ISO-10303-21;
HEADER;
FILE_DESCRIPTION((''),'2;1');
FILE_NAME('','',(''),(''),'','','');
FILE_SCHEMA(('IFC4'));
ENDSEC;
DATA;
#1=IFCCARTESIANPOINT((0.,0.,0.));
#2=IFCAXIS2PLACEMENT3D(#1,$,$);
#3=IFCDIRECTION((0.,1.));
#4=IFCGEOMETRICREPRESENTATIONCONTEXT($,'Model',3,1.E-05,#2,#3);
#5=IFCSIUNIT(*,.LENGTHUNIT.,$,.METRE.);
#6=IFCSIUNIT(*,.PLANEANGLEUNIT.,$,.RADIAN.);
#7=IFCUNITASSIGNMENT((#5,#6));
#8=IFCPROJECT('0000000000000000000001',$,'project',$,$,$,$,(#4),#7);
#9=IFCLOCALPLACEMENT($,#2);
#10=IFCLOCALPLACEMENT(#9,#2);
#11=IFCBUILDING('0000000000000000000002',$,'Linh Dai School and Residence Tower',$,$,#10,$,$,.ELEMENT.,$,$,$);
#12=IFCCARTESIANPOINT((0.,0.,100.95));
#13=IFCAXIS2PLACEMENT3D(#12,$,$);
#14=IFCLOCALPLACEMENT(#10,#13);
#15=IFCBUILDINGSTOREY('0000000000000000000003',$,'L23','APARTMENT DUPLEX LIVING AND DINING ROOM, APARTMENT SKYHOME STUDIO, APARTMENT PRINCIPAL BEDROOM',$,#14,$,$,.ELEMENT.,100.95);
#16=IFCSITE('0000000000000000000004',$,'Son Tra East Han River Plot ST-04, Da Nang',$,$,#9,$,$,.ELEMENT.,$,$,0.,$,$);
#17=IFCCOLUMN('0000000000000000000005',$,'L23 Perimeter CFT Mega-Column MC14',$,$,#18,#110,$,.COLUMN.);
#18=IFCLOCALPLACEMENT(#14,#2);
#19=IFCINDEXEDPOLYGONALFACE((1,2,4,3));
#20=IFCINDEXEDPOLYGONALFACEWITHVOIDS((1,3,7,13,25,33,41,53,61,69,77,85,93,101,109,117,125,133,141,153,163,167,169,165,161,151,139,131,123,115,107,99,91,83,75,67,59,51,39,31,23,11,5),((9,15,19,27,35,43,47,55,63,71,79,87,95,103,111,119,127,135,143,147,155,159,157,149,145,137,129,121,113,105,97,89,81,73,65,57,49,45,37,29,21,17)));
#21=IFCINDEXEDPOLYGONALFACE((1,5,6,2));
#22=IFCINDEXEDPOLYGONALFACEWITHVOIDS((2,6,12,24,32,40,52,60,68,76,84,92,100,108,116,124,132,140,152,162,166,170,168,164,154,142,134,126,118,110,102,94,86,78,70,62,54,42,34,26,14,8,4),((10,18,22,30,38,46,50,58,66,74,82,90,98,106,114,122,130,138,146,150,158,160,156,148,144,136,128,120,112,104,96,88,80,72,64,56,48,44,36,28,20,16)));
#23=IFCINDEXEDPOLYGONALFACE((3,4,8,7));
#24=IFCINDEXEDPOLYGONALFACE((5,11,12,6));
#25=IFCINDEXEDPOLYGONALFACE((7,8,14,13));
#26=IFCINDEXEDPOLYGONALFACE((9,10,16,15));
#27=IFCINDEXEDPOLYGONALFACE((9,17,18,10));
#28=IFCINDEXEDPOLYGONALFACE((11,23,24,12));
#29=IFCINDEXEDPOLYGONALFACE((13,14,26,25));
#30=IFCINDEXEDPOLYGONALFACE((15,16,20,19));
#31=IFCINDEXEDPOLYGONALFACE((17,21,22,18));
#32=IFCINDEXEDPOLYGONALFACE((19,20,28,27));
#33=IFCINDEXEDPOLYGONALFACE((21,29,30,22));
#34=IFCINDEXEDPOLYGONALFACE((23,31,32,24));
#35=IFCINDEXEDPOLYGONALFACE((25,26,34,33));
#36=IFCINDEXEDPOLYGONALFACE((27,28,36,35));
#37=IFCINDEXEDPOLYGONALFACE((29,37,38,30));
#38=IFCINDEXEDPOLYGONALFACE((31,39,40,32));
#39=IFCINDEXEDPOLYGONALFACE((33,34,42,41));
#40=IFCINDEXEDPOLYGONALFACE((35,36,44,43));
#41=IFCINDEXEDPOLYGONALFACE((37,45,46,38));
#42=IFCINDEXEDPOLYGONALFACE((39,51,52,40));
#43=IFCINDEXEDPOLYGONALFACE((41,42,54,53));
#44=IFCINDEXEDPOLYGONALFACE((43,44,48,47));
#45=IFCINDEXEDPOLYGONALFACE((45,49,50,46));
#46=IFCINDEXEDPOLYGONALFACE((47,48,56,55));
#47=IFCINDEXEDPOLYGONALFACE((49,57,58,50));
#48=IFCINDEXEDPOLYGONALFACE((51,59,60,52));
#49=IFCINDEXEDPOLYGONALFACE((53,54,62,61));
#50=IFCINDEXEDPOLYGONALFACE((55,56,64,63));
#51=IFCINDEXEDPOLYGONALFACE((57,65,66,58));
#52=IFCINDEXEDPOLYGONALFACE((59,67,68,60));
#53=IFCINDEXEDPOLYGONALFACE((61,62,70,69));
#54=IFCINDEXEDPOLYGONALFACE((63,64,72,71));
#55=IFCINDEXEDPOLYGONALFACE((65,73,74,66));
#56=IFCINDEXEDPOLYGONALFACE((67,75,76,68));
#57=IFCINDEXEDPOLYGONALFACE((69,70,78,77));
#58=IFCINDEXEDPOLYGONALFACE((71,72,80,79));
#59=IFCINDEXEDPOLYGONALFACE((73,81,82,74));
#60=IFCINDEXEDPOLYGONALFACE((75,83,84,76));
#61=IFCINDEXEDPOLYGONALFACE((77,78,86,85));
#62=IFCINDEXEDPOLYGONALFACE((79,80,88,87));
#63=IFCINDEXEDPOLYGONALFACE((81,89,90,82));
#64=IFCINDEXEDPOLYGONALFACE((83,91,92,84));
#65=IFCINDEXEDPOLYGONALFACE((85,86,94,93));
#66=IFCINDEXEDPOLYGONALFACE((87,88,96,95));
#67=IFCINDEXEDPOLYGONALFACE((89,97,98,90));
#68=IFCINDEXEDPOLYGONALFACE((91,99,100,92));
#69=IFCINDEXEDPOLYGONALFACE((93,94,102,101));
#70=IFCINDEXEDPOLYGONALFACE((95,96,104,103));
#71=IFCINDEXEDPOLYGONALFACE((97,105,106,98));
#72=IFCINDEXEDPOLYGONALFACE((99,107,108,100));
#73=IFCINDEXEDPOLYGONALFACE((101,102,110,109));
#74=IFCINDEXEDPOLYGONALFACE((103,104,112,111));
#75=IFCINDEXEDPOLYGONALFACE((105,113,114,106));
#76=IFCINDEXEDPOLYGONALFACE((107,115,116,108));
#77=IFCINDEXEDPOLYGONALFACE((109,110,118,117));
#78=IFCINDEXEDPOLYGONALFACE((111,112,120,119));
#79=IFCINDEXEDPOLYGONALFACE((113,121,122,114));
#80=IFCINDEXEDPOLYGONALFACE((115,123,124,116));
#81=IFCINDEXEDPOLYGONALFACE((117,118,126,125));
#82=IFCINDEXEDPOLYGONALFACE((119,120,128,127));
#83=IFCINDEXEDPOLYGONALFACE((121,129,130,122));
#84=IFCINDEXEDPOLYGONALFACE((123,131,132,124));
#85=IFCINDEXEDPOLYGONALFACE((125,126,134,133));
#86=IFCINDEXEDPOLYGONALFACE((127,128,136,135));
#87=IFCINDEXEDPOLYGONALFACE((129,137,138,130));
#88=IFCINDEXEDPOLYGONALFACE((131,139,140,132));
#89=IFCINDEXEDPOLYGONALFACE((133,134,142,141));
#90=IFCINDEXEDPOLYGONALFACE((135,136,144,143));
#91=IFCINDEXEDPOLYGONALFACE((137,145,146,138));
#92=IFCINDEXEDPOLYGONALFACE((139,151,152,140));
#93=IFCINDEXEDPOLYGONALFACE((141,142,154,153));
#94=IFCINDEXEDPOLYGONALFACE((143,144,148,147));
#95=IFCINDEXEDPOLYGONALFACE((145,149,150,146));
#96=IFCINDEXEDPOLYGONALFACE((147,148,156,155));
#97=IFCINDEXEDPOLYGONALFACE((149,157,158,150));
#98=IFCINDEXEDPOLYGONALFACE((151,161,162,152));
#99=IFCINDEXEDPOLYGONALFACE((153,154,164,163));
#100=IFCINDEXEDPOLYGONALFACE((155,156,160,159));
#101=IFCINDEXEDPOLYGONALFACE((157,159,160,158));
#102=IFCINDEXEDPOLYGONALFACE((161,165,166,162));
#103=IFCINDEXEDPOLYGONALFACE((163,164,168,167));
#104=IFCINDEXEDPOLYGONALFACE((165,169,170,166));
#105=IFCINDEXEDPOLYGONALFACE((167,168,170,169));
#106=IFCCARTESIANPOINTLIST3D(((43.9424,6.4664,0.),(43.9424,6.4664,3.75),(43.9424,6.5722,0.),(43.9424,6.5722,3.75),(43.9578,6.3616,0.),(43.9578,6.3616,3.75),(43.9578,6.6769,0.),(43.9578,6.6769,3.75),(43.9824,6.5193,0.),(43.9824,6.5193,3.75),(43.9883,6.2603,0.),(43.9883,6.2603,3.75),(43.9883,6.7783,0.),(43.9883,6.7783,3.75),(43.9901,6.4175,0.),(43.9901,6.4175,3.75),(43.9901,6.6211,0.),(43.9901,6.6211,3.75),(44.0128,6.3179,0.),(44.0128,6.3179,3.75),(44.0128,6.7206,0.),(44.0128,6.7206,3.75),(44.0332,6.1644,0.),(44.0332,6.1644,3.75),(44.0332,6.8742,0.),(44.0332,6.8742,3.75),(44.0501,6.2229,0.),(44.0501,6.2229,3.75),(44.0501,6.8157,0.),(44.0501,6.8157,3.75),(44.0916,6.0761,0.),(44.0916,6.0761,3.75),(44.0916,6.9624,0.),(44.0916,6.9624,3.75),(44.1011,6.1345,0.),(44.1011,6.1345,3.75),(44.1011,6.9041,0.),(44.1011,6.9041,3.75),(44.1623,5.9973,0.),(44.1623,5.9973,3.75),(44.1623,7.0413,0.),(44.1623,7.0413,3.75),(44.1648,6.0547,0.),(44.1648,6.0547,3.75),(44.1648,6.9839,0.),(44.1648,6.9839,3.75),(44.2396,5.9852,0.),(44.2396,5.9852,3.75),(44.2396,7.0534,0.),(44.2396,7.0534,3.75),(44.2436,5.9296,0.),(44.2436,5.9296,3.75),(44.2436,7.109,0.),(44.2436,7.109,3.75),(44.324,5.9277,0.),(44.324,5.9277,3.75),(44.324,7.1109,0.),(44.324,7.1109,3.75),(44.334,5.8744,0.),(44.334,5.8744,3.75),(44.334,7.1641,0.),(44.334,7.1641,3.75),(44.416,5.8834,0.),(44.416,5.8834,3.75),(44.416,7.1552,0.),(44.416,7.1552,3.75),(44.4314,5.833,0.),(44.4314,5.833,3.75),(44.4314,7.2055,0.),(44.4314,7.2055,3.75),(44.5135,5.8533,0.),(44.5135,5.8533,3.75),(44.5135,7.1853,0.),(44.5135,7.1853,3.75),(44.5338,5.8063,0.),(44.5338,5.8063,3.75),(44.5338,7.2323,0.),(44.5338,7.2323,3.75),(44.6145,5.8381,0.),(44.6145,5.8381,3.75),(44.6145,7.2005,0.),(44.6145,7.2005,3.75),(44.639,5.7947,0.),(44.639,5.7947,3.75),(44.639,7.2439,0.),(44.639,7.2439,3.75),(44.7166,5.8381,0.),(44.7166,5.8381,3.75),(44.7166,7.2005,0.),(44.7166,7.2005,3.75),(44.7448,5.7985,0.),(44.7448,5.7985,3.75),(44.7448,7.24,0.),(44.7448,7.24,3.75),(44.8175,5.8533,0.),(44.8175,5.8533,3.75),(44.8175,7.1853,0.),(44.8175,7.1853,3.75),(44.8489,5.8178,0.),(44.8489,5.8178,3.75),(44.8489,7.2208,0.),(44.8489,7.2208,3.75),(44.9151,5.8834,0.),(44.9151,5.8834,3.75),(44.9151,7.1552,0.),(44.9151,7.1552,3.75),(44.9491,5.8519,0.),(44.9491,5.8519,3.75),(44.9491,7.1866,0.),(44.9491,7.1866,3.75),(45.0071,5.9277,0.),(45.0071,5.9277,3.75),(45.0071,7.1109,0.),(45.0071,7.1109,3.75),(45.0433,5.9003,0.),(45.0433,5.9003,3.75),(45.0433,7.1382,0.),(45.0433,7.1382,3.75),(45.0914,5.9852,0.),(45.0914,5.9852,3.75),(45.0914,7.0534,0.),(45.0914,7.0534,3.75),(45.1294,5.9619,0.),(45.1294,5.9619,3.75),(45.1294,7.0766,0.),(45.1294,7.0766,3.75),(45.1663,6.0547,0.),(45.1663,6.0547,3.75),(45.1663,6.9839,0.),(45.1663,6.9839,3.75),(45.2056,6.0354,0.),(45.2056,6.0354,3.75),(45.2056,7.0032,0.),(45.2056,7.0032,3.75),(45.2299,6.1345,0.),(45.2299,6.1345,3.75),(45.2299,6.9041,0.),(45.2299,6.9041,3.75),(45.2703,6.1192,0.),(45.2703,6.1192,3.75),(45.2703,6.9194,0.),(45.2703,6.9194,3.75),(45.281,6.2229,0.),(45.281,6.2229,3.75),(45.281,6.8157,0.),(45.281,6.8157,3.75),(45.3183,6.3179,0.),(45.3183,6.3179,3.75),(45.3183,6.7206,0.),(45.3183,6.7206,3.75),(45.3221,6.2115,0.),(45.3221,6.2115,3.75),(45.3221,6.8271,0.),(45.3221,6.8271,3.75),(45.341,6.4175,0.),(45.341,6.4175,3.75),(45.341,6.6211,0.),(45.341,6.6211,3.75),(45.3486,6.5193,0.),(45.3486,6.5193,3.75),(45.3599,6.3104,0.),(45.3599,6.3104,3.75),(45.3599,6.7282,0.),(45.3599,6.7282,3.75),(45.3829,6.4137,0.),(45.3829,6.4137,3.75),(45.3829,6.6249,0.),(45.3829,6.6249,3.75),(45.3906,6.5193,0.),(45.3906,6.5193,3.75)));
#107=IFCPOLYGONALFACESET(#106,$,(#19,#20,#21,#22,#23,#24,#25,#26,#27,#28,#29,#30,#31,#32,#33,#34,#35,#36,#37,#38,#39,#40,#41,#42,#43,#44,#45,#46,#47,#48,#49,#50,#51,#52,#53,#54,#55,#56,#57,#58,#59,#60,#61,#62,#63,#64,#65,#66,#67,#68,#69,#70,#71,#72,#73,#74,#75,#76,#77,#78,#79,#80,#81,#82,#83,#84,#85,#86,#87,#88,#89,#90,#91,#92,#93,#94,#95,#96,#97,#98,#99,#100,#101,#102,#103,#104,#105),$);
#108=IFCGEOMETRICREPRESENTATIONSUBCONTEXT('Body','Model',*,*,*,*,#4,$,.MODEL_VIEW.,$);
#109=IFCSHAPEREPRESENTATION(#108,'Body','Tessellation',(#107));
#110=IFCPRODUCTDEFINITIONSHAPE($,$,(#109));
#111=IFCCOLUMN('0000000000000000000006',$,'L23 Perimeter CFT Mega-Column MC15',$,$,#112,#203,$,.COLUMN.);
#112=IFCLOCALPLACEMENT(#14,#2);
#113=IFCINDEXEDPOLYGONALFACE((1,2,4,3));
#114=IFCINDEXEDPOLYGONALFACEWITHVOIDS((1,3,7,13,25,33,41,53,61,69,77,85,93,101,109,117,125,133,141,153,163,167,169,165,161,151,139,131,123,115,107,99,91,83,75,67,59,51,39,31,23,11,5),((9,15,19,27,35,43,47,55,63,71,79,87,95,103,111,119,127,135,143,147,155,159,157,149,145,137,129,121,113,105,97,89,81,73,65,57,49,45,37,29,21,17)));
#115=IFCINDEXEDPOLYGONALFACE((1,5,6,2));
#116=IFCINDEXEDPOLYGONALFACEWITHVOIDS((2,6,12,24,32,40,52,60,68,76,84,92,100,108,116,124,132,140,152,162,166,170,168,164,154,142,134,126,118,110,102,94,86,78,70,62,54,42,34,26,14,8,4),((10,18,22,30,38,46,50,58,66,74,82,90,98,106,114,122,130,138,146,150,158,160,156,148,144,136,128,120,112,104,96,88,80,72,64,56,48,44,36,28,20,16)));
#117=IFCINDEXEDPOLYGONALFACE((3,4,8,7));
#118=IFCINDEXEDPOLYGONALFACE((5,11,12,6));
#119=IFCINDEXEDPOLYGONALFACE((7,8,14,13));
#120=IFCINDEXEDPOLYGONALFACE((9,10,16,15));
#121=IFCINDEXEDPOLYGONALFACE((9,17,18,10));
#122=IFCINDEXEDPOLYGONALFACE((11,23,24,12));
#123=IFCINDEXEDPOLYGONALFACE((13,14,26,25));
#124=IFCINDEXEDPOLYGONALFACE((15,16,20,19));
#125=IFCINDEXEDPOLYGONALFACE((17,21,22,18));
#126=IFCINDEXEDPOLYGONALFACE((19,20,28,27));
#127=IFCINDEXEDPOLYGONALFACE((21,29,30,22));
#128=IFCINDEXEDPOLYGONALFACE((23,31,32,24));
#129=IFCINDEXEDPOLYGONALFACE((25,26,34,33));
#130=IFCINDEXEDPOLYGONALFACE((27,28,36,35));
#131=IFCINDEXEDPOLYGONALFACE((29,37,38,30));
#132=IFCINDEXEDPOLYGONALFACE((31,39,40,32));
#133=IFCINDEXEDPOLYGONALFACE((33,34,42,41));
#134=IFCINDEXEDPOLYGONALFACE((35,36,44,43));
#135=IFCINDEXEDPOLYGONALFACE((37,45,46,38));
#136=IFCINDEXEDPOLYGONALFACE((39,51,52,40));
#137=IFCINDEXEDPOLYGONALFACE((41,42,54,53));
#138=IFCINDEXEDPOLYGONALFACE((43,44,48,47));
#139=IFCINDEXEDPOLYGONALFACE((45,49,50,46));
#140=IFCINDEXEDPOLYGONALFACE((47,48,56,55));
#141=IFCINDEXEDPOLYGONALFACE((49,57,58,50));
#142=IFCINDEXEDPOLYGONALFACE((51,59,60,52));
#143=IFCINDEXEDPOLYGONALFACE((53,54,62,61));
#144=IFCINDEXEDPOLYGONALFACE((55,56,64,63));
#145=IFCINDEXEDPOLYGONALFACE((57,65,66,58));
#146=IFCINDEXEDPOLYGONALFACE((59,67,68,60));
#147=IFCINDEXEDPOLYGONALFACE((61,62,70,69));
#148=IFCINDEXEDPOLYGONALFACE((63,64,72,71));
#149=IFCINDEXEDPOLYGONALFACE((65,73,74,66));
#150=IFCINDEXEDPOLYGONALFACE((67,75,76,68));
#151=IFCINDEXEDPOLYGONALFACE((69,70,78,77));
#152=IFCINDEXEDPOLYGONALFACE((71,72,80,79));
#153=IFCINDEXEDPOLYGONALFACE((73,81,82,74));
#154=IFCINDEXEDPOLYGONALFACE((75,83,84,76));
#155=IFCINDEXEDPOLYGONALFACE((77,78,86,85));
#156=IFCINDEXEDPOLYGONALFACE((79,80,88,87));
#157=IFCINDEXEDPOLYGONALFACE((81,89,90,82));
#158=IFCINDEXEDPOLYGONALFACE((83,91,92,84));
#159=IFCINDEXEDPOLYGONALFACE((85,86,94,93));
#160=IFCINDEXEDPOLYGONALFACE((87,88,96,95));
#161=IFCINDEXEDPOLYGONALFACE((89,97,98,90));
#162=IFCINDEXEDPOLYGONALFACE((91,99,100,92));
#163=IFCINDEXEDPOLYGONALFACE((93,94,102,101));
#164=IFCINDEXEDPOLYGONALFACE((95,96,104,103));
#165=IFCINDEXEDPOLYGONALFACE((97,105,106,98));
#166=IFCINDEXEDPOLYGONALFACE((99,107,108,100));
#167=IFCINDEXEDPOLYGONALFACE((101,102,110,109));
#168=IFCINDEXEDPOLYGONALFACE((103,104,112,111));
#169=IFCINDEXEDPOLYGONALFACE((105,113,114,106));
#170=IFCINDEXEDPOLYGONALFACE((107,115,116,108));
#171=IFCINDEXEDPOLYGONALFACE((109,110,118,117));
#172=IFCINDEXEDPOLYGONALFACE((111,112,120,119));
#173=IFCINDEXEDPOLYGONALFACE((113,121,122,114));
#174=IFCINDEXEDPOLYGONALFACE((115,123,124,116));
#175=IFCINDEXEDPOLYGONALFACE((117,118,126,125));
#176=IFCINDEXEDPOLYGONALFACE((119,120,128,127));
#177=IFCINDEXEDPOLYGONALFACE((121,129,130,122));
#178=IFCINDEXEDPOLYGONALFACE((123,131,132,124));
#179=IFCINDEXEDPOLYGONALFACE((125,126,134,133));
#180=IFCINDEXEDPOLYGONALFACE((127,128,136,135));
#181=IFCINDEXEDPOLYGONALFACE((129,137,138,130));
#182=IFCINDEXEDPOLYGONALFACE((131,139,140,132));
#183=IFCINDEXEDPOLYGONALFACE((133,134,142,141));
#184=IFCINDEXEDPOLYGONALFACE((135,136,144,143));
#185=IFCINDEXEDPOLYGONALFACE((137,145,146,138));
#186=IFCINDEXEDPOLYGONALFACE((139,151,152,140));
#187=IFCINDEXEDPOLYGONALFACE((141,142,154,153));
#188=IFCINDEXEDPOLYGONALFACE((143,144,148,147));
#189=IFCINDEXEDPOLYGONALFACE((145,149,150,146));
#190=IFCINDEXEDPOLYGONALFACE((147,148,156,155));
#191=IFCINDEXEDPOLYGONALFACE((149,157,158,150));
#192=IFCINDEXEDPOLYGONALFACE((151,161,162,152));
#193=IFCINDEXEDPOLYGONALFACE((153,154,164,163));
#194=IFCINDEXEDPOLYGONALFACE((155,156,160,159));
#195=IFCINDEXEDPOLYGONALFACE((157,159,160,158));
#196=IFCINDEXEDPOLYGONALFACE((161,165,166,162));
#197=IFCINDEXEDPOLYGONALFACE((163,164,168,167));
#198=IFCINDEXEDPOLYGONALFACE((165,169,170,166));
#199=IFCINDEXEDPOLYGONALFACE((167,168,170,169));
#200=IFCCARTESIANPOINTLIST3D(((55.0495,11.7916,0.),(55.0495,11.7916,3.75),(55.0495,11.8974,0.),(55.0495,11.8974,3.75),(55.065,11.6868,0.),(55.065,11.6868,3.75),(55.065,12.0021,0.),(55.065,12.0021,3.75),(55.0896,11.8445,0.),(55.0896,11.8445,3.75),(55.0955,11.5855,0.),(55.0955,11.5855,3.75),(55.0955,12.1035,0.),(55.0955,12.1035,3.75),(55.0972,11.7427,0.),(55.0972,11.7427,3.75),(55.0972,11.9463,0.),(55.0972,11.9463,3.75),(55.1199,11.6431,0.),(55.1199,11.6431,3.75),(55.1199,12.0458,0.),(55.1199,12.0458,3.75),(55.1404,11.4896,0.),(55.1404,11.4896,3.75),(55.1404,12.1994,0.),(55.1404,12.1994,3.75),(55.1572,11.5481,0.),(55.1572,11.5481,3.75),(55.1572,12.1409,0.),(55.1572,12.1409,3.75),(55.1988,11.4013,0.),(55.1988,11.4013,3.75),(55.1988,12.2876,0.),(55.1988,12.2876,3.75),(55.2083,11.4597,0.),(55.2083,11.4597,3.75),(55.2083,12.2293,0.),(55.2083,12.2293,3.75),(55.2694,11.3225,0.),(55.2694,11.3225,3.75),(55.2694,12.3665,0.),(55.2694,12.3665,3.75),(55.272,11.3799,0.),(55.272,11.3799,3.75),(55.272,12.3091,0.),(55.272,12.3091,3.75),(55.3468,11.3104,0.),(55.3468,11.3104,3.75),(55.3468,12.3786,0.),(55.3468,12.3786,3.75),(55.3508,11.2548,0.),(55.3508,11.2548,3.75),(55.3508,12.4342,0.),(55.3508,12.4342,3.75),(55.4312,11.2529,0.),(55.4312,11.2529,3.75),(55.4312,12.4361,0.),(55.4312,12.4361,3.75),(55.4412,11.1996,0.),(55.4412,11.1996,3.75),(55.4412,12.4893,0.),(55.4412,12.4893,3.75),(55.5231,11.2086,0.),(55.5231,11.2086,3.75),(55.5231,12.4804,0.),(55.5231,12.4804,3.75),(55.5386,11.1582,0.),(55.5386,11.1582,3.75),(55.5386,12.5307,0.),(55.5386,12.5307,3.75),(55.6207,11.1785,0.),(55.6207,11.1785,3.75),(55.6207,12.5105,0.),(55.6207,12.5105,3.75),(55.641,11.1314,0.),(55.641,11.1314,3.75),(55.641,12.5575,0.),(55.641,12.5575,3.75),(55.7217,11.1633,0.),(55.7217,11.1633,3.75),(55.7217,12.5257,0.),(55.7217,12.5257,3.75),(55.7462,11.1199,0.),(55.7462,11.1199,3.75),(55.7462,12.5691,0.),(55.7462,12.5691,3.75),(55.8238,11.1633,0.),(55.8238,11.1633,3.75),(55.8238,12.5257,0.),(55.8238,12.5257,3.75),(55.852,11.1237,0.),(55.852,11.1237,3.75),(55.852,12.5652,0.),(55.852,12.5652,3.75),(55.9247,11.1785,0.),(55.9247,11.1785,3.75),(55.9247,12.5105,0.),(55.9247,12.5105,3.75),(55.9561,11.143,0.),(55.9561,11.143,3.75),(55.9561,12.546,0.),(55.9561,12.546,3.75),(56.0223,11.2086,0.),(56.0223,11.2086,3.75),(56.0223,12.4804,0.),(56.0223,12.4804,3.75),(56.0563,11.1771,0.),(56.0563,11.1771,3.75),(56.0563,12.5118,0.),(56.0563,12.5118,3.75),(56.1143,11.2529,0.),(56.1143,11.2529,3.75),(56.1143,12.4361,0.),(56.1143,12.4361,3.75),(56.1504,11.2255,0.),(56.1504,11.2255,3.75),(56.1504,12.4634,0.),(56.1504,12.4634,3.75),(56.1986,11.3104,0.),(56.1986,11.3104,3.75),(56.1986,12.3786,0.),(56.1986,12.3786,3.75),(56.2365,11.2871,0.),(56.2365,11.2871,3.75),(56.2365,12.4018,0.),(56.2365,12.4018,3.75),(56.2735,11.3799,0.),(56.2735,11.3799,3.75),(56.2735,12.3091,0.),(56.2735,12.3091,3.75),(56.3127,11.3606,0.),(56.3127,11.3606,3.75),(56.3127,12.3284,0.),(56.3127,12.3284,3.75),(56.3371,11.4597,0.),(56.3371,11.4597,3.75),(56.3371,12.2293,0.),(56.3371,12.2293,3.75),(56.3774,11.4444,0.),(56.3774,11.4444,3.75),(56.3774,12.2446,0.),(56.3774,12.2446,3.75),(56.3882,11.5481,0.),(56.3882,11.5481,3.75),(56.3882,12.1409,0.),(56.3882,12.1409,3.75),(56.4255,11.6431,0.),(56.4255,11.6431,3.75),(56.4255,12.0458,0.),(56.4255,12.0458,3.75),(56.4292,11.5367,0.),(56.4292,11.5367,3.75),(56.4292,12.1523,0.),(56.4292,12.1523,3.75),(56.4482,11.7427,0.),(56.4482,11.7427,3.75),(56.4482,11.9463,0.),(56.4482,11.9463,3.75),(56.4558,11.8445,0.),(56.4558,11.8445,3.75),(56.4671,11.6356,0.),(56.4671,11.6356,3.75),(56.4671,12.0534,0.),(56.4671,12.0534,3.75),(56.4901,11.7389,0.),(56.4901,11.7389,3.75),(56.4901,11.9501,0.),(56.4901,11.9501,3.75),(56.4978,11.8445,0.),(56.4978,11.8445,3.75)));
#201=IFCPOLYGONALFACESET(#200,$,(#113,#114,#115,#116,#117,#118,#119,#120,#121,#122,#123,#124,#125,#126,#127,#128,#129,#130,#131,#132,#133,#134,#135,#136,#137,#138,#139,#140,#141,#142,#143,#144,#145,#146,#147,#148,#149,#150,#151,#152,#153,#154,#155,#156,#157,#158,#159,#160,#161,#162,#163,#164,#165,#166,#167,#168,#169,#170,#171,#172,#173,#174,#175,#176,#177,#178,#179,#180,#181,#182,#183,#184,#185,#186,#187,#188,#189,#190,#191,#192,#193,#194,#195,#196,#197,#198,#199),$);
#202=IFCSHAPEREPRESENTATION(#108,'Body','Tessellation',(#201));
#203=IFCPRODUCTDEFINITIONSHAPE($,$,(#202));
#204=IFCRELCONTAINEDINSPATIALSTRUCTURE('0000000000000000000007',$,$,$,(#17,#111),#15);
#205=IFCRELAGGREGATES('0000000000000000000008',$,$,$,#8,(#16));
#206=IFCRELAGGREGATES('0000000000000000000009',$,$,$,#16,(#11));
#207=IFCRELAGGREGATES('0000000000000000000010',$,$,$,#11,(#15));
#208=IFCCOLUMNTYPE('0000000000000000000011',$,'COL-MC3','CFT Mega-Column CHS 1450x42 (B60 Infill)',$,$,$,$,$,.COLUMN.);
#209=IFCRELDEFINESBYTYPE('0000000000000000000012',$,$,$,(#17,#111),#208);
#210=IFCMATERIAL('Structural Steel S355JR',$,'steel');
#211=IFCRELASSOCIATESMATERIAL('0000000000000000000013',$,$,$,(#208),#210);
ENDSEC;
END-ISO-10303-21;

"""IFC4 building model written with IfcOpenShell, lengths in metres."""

from ifc_helpers import new_model, si_unit, direction, frame, origin, origin_2d, place, context, subcontext, project, spatial, hollow_circle, extrude, material, material_profile, profile_set, type_object, element, save


model = new_model("IFC4")

# Units and contexts
model_context = context("Model", 3, precision=1e-05, world=origin(), true_north=direction((0.0, 1.0)))
body_context = subcontext(model_context, "Body", "Model", "MODEL_VIEW")
ifc_project = project(units=[si_unit("LENGTHUNIT", "METRE"), si_unit("PLANEANGLEUNIT", "RADIAN")], contexts=[model_context])

# Site, building, storey
site_placement = place(None, origin())
site = spatial("IfcSite", under=ifc_project, at=site_placement, Name="Son Tra East Han River Plot ST-04, Da Nang", CompositionType="ELEMENT", RefElevation=0.0)
building_placement = place(site_placement, origin())
building = spatial("IfcBuilding", under=site, at=building_placement, Name="Linh Dai School and Residence Tower", CompositionType="ELEMENT")
storey_placement = place(building_placement, frame((0.0, 0.0, 100.95)))
storey = spatial("IfcBuildingStorey", under=building, at=storey_placement, Name="L23", Description="APARTMENT DUPLEX LIVING AND DINING ROOM, APARTMENT SKYHOME STUDIO, APARTMENT PRINCIPAL BEDROOM", CompositionType="ELEMENT", Elevation=100.95)

# Columns
ifc_material_1 = material(Name="Structural Steel S355JR", Category="steel")
ifc_material_profile_1 = material_profile(ifc_material_1, hollow_circle(Radius=0.7251, WallThickness=0.042, at=origin_2d()), Name="CHS 1450x42")
ifc_profile_set_1 = profile_set([ifc_material_profile_1], Name="Structural Steel S355JR")
column_type = type_object("IfcColumnType", Name="COL-MC3", Description="CFT Mega-Column CHS 1450x42 (B60 Infill)", PredefinedType="COLUMN", material=ifc_profile_set_1)
for number, where, z_axis, x_axis, name in (
    (1, (44.6655, 6.5193, 0.0), (0.0, 0.0, 1.0), (1.0, 0.0, 0.0), "L23 Perimeter CFT Mega-Column MC14"),
    (2, (55.7727, 11.8445, 0.0), (0.0, 0.0, 1.0), (1.0, 0.0, 0.0), "L23 Perimeter CFT Mega-Column MC15"),
):
    element("IfcColumn", number, at=place(storey_placement, frame(where, z_axis=z_axis, x_axis=x_axis)), inside=storey, type_object=column_type, Name=name, PredefinedType="COLUMN", context=body_context, shape_type="SweptSolid", body=[
        extrude(hollow_circle(Radius=0.7251, WallThickness=0.042, at=origin_2d()), origin(), (0.0, 0.0, 1.0), 3.75),
    ])

save(model, "model.ifc")
